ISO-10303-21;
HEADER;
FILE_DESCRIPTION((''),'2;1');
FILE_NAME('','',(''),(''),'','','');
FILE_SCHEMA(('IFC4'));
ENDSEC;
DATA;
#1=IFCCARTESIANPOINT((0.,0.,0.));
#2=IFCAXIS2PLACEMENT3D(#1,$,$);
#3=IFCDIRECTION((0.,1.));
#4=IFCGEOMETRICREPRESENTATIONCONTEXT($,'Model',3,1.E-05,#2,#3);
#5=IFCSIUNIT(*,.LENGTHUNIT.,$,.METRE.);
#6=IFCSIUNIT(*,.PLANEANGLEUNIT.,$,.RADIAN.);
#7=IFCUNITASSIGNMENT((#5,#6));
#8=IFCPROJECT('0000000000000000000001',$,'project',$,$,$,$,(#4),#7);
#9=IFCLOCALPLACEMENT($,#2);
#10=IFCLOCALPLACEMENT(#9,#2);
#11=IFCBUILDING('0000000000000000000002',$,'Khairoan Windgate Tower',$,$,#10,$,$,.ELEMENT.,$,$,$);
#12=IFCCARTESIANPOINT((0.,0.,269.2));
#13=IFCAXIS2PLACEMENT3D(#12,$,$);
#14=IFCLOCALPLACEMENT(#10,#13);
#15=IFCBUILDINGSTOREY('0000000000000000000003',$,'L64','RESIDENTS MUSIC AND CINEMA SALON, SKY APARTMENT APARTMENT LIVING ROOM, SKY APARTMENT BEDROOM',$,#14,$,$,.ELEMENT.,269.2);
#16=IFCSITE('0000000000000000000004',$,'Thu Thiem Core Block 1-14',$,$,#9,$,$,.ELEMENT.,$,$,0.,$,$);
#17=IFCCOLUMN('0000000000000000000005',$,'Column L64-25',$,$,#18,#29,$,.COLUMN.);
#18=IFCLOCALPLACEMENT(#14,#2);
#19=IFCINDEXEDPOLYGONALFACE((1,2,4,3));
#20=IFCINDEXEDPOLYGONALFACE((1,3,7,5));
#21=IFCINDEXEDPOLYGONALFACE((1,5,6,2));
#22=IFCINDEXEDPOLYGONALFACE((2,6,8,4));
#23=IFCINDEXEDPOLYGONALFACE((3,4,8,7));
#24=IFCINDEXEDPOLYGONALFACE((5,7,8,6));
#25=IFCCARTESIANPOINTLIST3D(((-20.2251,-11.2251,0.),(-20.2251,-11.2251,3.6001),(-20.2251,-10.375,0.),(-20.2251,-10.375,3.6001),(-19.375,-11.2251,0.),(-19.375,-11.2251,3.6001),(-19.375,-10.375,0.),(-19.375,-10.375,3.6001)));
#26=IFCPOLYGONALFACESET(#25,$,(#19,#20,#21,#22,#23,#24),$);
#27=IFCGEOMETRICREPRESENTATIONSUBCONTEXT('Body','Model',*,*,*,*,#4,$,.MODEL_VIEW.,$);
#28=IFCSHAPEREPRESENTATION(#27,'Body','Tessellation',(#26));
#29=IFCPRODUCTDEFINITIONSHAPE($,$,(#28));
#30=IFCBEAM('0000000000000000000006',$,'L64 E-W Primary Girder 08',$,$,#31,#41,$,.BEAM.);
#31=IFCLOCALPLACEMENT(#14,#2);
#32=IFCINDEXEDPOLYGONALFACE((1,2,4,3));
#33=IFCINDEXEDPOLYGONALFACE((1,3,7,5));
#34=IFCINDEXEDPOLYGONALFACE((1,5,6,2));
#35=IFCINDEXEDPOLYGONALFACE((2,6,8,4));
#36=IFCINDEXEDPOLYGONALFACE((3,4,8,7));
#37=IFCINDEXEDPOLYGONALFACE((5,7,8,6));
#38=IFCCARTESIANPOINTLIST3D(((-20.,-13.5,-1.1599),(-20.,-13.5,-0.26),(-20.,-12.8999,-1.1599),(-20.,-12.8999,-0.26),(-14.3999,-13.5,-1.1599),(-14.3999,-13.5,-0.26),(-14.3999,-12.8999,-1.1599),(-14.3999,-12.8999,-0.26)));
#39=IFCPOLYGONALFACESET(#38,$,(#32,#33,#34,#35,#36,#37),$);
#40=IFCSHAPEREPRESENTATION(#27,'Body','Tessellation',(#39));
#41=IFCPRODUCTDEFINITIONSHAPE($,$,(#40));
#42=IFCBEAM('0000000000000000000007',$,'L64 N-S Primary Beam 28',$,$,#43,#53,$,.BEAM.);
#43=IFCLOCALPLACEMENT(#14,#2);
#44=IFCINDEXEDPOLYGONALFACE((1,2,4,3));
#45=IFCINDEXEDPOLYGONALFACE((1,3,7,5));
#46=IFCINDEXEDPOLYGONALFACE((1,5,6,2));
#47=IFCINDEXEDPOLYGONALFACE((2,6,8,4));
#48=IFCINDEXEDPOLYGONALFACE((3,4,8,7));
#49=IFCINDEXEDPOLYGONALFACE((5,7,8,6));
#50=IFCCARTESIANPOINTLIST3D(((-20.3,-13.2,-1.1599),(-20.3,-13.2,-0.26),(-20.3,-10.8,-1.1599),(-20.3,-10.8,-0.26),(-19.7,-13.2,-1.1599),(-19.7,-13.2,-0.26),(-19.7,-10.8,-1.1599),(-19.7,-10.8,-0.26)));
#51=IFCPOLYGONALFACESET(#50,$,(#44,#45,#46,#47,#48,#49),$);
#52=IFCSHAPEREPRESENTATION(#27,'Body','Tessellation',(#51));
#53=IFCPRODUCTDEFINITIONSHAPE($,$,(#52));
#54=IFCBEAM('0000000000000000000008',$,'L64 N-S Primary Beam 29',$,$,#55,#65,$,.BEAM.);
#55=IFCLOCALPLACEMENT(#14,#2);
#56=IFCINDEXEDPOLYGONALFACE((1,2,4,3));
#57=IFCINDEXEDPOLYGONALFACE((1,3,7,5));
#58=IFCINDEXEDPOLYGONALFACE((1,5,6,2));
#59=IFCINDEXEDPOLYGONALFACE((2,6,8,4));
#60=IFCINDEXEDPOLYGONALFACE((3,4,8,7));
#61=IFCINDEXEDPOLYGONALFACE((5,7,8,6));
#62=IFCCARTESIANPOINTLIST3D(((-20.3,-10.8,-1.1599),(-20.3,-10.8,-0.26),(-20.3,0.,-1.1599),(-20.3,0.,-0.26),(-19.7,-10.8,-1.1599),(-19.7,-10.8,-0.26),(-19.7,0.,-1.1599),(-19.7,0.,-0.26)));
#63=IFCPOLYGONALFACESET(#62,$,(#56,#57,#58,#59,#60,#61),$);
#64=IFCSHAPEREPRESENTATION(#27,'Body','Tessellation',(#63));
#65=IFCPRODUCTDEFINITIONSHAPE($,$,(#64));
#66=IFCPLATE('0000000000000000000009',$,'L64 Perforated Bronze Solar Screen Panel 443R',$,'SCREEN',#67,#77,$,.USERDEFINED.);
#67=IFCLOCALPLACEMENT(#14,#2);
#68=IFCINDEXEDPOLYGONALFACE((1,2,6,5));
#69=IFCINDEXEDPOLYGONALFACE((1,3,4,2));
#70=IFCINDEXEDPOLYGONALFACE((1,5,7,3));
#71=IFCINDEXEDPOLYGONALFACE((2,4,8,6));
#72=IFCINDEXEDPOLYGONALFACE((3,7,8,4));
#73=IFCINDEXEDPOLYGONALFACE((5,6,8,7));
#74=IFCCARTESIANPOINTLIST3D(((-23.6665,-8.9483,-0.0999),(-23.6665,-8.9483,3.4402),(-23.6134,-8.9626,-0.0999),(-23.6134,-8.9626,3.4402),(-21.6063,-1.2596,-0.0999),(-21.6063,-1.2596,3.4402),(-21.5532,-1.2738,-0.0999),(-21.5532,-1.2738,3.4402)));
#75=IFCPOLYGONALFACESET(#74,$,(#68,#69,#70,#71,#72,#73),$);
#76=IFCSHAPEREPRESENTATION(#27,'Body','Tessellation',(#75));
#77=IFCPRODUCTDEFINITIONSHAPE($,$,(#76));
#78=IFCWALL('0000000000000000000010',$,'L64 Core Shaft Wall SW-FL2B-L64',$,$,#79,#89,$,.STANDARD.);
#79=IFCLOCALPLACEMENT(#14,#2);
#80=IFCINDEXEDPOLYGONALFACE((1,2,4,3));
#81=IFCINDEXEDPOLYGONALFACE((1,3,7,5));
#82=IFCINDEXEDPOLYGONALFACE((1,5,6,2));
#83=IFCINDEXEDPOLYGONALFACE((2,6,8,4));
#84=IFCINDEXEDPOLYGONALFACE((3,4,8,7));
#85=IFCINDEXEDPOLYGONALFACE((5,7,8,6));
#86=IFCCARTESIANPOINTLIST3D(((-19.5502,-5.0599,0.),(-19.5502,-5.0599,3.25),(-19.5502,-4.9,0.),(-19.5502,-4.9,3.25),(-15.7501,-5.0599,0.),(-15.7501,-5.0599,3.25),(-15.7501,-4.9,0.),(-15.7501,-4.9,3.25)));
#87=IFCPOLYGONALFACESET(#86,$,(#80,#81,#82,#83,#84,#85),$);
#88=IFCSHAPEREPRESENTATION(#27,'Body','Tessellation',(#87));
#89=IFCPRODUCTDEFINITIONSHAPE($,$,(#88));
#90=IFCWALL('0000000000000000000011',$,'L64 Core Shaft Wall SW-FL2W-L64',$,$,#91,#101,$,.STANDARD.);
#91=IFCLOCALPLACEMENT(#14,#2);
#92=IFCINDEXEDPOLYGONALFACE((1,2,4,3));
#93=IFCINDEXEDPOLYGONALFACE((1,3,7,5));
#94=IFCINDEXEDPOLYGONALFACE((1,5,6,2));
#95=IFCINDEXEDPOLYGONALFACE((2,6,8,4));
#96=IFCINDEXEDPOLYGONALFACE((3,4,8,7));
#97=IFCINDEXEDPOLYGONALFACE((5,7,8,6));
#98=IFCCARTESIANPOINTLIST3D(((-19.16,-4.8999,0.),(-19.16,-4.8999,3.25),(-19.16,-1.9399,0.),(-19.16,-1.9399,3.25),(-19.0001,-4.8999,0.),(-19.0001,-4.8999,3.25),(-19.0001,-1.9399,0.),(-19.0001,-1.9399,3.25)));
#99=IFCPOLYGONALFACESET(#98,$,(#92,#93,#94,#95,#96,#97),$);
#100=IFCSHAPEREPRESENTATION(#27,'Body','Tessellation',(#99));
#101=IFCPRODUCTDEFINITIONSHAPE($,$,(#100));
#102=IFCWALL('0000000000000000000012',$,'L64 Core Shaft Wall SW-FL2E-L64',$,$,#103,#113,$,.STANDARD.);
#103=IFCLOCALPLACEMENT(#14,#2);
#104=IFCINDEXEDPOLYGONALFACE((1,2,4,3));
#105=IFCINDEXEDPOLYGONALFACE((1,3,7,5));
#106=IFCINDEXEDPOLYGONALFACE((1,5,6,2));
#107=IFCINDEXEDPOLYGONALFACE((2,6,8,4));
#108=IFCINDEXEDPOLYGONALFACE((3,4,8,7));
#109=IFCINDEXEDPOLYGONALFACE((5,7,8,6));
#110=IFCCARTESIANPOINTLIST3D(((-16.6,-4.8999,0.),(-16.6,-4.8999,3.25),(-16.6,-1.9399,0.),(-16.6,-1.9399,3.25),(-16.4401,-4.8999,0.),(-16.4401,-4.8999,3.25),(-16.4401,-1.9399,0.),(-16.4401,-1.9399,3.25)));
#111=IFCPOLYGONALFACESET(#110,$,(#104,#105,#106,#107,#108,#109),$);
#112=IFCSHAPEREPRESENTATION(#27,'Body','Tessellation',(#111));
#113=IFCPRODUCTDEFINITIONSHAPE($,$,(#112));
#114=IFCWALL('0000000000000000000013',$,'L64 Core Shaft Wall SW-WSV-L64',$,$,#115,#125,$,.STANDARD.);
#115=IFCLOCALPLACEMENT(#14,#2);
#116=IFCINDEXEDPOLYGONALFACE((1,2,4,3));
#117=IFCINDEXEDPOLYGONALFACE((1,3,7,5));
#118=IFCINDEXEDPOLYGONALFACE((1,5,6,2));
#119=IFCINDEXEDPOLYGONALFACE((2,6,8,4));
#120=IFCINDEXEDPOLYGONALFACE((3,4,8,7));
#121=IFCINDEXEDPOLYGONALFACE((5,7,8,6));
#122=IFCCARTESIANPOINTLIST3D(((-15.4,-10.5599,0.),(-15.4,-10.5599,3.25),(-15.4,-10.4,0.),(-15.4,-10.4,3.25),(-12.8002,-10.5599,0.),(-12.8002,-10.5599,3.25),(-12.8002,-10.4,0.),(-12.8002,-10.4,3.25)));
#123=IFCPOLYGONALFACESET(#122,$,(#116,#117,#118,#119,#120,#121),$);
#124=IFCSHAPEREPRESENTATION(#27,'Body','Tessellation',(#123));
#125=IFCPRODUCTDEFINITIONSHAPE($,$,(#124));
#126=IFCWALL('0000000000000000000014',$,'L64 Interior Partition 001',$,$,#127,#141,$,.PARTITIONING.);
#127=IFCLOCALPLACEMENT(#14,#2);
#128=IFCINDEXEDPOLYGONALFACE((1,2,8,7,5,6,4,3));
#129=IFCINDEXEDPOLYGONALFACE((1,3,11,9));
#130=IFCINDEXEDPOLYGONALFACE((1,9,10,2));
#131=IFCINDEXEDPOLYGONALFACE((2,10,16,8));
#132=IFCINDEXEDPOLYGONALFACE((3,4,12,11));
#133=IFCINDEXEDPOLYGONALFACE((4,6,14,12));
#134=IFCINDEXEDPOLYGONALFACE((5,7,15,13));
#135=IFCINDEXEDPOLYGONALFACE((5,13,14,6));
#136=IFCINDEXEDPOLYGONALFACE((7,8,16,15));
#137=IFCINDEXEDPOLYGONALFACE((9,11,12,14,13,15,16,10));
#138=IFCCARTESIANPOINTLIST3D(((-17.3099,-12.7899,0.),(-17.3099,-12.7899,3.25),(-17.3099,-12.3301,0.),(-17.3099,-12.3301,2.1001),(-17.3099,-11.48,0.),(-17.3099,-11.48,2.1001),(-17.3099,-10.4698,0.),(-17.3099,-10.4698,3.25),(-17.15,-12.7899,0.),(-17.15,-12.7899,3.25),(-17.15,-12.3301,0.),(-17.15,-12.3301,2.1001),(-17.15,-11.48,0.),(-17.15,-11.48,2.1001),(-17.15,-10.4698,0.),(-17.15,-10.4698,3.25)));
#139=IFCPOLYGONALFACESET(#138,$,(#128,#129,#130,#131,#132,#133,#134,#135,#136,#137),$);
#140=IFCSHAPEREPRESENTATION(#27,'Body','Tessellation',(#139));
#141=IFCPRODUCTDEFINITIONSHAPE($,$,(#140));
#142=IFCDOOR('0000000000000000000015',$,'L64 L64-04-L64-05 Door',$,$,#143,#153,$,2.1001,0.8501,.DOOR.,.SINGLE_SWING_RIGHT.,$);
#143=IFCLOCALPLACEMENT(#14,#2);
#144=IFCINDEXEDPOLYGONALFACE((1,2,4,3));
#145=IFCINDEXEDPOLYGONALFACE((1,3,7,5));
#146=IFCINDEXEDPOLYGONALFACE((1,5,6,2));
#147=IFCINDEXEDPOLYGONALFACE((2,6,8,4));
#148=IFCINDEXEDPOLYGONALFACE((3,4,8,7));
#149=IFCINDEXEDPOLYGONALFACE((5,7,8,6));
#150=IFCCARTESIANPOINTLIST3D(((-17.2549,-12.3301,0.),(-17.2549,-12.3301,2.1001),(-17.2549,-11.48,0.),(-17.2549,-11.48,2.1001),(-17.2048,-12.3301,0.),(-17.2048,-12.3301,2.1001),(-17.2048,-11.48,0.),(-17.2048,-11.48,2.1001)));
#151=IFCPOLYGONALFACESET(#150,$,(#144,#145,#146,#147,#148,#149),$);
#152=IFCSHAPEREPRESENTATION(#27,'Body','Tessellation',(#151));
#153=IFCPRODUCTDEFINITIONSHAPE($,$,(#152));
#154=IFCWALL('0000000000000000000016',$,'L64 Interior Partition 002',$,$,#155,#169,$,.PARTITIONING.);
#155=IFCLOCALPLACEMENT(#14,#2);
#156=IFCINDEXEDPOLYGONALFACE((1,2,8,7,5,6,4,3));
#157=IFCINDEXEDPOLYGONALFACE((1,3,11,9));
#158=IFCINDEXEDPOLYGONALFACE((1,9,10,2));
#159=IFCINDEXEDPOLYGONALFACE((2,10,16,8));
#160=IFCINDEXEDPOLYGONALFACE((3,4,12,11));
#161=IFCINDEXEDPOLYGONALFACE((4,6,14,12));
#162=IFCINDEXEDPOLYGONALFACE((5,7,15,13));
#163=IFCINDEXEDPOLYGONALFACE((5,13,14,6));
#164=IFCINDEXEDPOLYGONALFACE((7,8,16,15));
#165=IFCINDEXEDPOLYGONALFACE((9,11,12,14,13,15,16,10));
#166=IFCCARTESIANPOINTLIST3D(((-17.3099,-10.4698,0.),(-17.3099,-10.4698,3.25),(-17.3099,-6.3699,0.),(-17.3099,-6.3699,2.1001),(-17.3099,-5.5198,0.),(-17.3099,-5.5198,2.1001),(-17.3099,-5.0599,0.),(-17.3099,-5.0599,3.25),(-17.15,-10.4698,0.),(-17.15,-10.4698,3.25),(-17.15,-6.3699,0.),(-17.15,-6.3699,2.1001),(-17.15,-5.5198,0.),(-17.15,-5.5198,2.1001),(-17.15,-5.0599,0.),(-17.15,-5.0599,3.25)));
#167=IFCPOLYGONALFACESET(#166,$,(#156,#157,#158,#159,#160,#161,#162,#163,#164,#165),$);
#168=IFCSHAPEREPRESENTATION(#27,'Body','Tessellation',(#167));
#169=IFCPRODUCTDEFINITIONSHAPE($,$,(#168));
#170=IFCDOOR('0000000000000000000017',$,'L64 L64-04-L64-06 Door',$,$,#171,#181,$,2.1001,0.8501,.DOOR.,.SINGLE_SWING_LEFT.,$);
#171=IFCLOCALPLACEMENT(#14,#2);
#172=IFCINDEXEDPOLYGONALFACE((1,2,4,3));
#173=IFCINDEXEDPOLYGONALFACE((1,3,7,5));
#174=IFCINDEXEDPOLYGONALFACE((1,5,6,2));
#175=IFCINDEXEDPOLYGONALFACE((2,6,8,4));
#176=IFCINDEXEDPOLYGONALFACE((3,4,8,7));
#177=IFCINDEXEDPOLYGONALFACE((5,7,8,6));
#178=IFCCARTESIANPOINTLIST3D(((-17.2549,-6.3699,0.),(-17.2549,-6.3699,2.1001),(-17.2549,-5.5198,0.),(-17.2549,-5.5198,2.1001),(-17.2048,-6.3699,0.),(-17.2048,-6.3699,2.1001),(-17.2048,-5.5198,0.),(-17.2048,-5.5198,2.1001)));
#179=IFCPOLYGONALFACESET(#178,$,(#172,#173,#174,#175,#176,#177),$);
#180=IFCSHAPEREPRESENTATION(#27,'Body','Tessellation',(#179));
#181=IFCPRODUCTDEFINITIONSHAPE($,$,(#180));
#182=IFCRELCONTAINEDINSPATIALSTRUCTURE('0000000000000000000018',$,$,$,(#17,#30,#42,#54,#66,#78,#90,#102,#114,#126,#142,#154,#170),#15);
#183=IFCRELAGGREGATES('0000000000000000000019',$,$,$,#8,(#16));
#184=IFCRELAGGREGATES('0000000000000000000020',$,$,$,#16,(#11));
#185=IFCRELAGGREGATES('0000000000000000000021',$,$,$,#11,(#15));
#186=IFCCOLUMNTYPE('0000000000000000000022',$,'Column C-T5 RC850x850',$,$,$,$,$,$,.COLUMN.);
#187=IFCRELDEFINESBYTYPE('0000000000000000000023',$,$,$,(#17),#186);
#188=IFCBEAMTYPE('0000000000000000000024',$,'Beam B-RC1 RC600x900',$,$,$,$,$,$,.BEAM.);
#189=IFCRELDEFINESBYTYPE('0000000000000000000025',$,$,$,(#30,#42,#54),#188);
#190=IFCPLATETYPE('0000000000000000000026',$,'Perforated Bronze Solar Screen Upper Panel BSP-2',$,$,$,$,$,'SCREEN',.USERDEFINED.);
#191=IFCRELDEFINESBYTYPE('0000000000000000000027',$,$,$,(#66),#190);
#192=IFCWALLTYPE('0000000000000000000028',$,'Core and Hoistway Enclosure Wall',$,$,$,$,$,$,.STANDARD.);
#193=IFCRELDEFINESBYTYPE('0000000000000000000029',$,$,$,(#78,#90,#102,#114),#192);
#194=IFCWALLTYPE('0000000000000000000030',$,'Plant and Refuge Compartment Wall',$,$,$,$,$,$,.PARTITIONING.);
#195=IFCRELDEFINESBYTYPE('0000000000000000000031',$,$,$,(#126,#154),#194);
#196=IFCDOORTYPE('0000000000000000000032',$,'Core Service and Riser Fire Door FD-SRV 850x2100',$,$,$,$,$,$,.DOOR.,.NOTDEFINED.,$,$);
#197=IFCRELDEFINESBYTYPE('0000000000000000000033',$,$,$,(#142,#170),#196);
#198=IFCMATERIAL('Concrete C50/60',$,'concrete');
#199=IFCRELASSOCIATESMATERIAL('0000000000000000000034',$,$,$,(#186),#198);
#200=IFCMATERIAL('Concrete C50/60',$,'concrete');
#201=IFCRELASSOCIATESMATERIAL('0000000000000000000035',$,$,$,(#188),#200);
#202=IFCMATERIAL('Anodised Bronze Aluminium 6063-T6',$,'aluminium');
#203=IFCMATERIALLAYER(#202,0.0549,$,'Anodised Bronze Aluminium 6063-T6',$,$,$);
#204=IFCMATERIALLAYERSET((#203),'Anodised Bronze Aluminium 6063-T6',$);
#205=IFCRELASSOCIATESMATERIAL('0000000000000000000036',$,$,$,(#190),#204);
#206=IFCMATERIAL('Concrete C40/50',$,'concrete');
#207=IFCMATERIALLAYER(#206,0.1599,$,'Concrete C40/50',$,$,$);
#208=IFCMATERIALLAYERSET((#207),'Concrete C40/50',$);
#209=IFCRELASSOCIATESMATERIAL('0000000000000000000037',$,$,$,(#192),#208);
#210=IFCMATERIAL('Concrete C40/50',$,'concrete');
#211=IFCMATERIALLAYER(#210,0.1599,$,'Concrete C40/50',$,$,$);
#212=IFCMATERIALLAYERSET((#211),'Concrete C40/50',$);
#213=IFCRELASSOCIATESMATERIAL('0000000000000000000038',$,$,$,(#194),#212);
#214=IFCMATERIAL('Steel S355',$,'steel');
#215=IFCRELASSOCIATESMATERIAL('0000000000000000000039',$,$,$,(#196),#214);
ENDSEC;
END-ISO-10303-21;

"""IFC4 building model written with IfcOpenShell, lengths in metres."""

from ifc_helpers import new_model, si_unit, direction, frame, frame_2d, origin, origin_2d, place, context, subcontext, project, spatial, rectangle, extrude, material, layer, layer_set, material_profile, profile_set, type_object, element, fill, save


model = new_model("IFC4")

# Units and contexts
model_context = context("Model", 3, precision=1e-05, world=origin(), true_north=direction((0.0, 1.0)))
body_context = subcontext(model_context, "Body", "Model", "MODEL_VIEW")
ifc_project = project(units=[si_unit("LENGTHUNIT", "METRE"), si_unit("PLANEANGLEUNIT", "RADIAN")], contexts=[model_context])

# Site, building, storey
site_placement = place(None, origin())
site = spatial("IfcSite", under=ifc_project, at=site_placement, Name="Thu Thiem Core Block 1-14", CompositionType="ELEMENT", RefElevation=0.0)
building_placement = place(site_placement, origin())
building = spatial("IfcBuilding", under=site, at=building_placement, Name="Khairoan Windgate Tower", CompositionType="ELEMENT")
storey_placement = place(building_placement, frame((0.0, 0.0, 269.2)))
storey = spatial("IfcBuildingStorey", under=building, at=storey_placement, Name="L64", Description="RESIDENTS MUSIC AND CINEMA SALON, SKY APARTMENT APARTMENT LIVING ROOM, SKY APARTMENT BEDROOM", CompositionType="ELEMENT", Elevation=269.2)

# Column
ifc_material_1 = material(Name="Concrete C50/60", Category="concrete")
ifc_material_profile_1 = material_profile(ifc_material_1, rectangle(XDim=0.8501, YDim=0.8501, at=origin_2d()))
ifc_profile_set_1 = profile_set([ifc_material_profile_1], Name="Concrete C50/60")
column_type = type_object("IfcColumnType", Name="Column C-T5 RC850x850", PredefinedType="COLUMN", material=ifc_profile_set_1)
column_placement = place(storey_placement, frame((-19.8, -10.8, 0.0), z_axis=(0.0, 0.0, 1.0), x_axis=(1.0, 0.0, 0.0)))
element("IfcColumn", 1, at=column_placement, inside=storey, type_object=column_type, Name="Column L64-25", PredefinedType="COLUMN", context=body_context, shape_type="SweptSolid", body=[
    extrude(rectangle(XDim=0.8501, YDim=0.8501, at=origin_2d()), origin(), (0.0, 0.0, 1.0), 3.6001),
])

# Beams
ifc_material_2 = material(Name="Concrete C50/60", Category="concrete")
ifc_material_profile_2 = material_profile(ifc_material_2, rectangle(XDim=0.6001, YDim=0.8999, at=origin_2d()))
ifc_profile_set_2 = profile_set([ifc_material_profile_2], Name="Concrete C50/60")
beam_type = type_object("IfcBeamType", Name="Beam B-RC1 RC600x900", PredefinedType="BEAM", material=ifc_profile_set_2)
beam_1_placement = place(storey_placement, frame((-20.0, -13.2, -0.71), z_axis=(1.0, 0.0, 0.0), x_axis=(0.0, 1.0, 0.0)))
element("IfcBeam", 2, at=beam_1_placement, inside=storey, type_object=beam_type, Name="L64 E-W Primary Girder 08", PredefinedType="BEAM", context=body_context, shape_type="SweptSolid", body=[
    extrude(rectangle(XDim=0.6001, YDim=0.8999, at=origin_2d()), origin(), (0.0, 0.0, 1.0), 5.6001),
])
beam_2_placement = place(storey_placement, frame((-20.0, -13.2, -0.71), z_axis=(0.0, 1.0, 0.0), x_axis=(-1.0, 0.0, 0.0)))
element("IfcBeam", 3, at=beam_2_placement, inside=storey, type_object=beam_type, Name="L64 N-S Primary Beam 28", PredefinedType="BEAM", context=body_context, shape_type="SweptSolid", body=[
    extrude(rectangle(XDim=0.6001, YDim=0.8999, at=origin_2d()), origin(), (0.0, 0.0, 1.0), 2.3999),
])
beam_3_placement = place(storey_placement, frame((-20.0, -10.8, -0.71), z_axis=(0.0, 1.0, 0.0), x_axis=(-1.0, 0.0, 0.0)))
element("IfcBeam", 4, at=beam_3_placement, inside=storey, type_object=beam_type, Name="L64 N-S Primary Beam 29", PredefinedType="BEAM", context=body_context, shape_type="SweptSolid", body=[
    extrude(rectangle(XDim=0.6001, YDim=0.8999, at=origin_2d()), origin(), (0.0, 0.0, 1.0), 10.8),
])

# Plate
ifc_material_3 = material(Name="Anodised Bronze Aluminium 6063-T6", Category="aluminium")
ifc_layer_1 = layer(ifc_material_3, 0.0549, Name="Anodised Bronze Aluminium 6063-T6")
ifc_layer_set_1 = layer_set([ifc_layer_1], Name="Anodised Bronze Aluminium 6063-T6")
plate_type = type_object("IfcPlateType", Name="Perforated Bronze Solar Screen Upper Panel BSP-2", ElementType="SCREEN", PredefinedType="USERDEFINED", material=ifc_layer_set_1)
plate_placement = place(storey_placement, frame((-22.6099, -5.1111, -0.0999), z_axis=(0.0, 0.0, 1.0), x_axis=(0.258819, 0.965926, 0.0)))
element("IfcPlate", 5, at=plate_placement, inside=storey, type_object=plate_type, Name="L64 Perforated Bronze Solar Screen Panel 443R", ObjectType="SCREEN", PredefinedType="USERDEFINED", context=body_context, shape_type="SweptSolid", body=[
    extrude(rectangle(XDim=7.96, YDim=0.0549, at=origin_2d()), origin(), (0.0, 0.0, 1.0), 3.54),
])

# Walls
ifc_material_4 = material(Name="Concrete C40/50", Category="concrete")
ifc_layer_2 = layer(ifc_material_4, 0.1599, Name="Concrete C40/50")
ifc_layer_set_2 = layer_set([ifc_layer_2], Name="Concrete C40/50")
wall_type_1 = type_object("IfcWallType", Name="Core and Hoistway Enclosure Wall", PredefinedType="STANDARD", material=ifc_layer_set_2)
wall_1_placement = place(storey_placement, frame((-19.55, -4.98, 0.0), z_axis=(0.0, 0.0, 1.0), x_axis=(1.0, 0.0, 0.0)))
element("IfcWall", 6, at=wall_1_placement, inside=storey, type_object=wall_type_1, Name="L64 Core Shaft Wall SW-FL2B-L64", PredefinedType="STANDARD", context=body_context, shape_type="SweptSolid", body=[
    extrude(rectangle(XDim=3.8, YDim=0.1599, at=frame_2d((1.8999, 0.0))), origin(), (0.0, 0.0, 1.0), 3.25),
])
for number, where, z_axis, x_axis, name in (
    (7, (-19.0801, -4.8999, 0.0), (0.0, 0.0, 1.0), (0.0, 1.0, 0.0), "L64 Core Shaft Wall SW-FL2W-L64"),
    (8, (-16.52, -4.8999, 0.0), (0.0, 0.0, 1.0), (0.0, 1.0, 0.0), "L64 Core Shaft Wall SW-FL2E-L64"),
):
    element("IfcWall", number, at=place(storey_placement, frame(where, z_axis=z_axis, x_axis=x_axis)), inside=storey, type_object=wall_type_1, Name=name, PredefinedType="STANDARD", context=body_context, shape_type="SweptSolid", body=[
        extrude(rectangle(XDim=2.96, YDim=0.1599, at=frame_2d((1.48, 0.0))), origin(), (0.0, 0.0, 1.0), 3.25),
    ])
wall_2_placement = place(storey_placement, frame((-15.3999, -10.48, 0.0), z_axis=(0.0, 0.0, 1.0), x_axis=(1.0, 0.0, 0.0)))
element("IfcWall", 9, at=wall_2_placement, inside=storey, type_object=wall_type_1, Name="L64 Core Shaft Wall SW-WSV-L64", PredefinedType="STANDARD", context=body_context, shape_type="SweptSolid", body=[
    extrude(rectangle(XDim=2.5999, YDim=0.1599, at=frame_2d((1.2998, 0.0))), origin(), (0.0, 0.0, 1.0), 3.25),
])

# Walls, openings, doors
ifc_material_5 = material(Name="Concrete C40/50", Category="concrete")
ifc_layer_3 = layer(ifc_material_5, 0.1599, Name="Concrete C40/50")
ifc_layer_set_3 = layer_set([ifc_layer_3], Name="Concrete C40/50")
wall_type_2 = type_object("IfcWallType", Name="Plant and Refuge Compartment Wall", PredefinedType="PARTITIONING", material=ifc_layer_set_3)
wall_3_placement = place(storey_placement, frame((-17.23, -12.79, 0.0), z_axis=(0.0, 0.0, 1.0), x_axis=(0.0, 1.0, 0.0)))
wall_3 = element("IfcWall", 10, at=wall_3_placement, inside=storey, type_object=wall_type_2, Name="L64 Interior Partition 001", PredefinedType="PARTITIONING", context=body_context, shape_type="SweptSolid", body=[
    extrude(rectangle(XDim=2.3201, YDim=0.1599, at=frame_2d((1.1602, 0.0))), origin(), (0.0, 0.0, 1.0), 3.25),
])
opening_1_placement = place(wall_3_placement, frame((0.46, 0.0, 0.0)))
opening_1 = element("IfcOpeningElement", 11, at=opening_1_placement, cuts=wall_3, PredefinedType="OPENING", context=body_context, shape_type="SweptSolid", body=[
    extrude(rectangle(XDim=0.8501, YDim=2.1001, at=frame_2d((0.425, 1.05))), frame((0.0, 0.0898, 0.0), z_axis=(0.0, -1.0, 0.0), x_axis=(1.0, 0.0, 0.0)), (0.0, 0.0, 1.0), 0.1799),
])
ifc_material_6 = material(Name="Steel S355", Category="steel")
door_type_1 = type_object("IfcDoorType", Name="Core Service and Riser Fire Door FD-SRV 850x2100", OperationType="NOTDEFINED", PredefinedType="DOOR", material=ifc_material_6)
door_1_placement = place(opening_1_placement, origin())
door_1 = element("IfcDoor", 12, at=door_1_placement, inside=storey, type_object=door_type_1, Name="L64 L64-04-L64-05 Door", OperationType="SINGLE_SWING_RIGHT", OverallHeight=2.1001, OverallWidth=0.8501, PredefinedType="DOOR", context=body_context, shape_type="SweptSolid", body=[
    extrude(rectangle(XDim=0.8501, YDim=2.1001, at=frame_2d((0.425, 1.05))), frame((0.0, 0.0249, 0.0), z_axis=(0.0, -1.0, 0.0), x_axis=(1.0, 0.0, 0.0)), (0.0, 0.0, 1.0), 0.05),
])
fill(opening_1, door_1)
wall_4_placement = place(storey_placement, frame((-17.23, -10.47, 0.0), z_axis=(0.0, 0.0, 1.0), x_axis=(0.0, 1.0, 0.0)))
wall_4 = element("IfcWall", 13, at=wall_4_placement, inside=storey, type_object=wall_type_2, Name="L64 Interior Partition 002", PredefinedType="PARTITIONING", context=body_context, shape_type="SweptSolid", body=[
    extrude(rectangle(XDim=5.4099, YDim=0.1599, at=frame_2d((2.7051, 0.0))), origin(), (0.0, 0.0, 1.0), 3.25),
])
opening_2_placement = place(wall_4_placement, frame((4.1001, 0.0, 0.0)))
opening_2 = element("IfcOpeningElement", 14, at=opening_2_placement, cuts=wall_4, PredefinedType="OPENING", context=body_context, shape_type="SweptSolid", body=[
    extrude(rectangle(XDim=0.8501, YDim=2.1001, at=frame_2d((0.425, 1.05))), frame((0.0, 0.0898, 0.0), z_axis=(0.0, -1.0, 0.0), x_axis=(1.0, 0.0, 0.0)), (0.0, 0.0, 1.0), 0.1799),
])
door_2_placement = place(opening_2_placement, origin())
door_2 = element("IfcDoor", 15, at=door_2_placement, inside=storey, type_object=door_type_1, Name="L64 L64-04-L64-06 Door", OperationType="SINGLE_SWING_LEFT", OverallHeight=2.1001, OverallWidth=0.8501, PredefinedType="DOOR", context=body_context, shape_type="SweptSolid", body=[
    extrude(rectangle(XDim=0.8501, YDim=2.1001, at=frame_2d((0.425, 1.05))), frame((0.0, 0.0249, 0.0), z_axis=(0.0, -1.0, 0.0), x_axis=(1.0, 0.0, 0.0)), (0.0, 0.0, 1.0), 0.05),
])
fill(opening_2, door_2)

save(model, "model.ifc")
